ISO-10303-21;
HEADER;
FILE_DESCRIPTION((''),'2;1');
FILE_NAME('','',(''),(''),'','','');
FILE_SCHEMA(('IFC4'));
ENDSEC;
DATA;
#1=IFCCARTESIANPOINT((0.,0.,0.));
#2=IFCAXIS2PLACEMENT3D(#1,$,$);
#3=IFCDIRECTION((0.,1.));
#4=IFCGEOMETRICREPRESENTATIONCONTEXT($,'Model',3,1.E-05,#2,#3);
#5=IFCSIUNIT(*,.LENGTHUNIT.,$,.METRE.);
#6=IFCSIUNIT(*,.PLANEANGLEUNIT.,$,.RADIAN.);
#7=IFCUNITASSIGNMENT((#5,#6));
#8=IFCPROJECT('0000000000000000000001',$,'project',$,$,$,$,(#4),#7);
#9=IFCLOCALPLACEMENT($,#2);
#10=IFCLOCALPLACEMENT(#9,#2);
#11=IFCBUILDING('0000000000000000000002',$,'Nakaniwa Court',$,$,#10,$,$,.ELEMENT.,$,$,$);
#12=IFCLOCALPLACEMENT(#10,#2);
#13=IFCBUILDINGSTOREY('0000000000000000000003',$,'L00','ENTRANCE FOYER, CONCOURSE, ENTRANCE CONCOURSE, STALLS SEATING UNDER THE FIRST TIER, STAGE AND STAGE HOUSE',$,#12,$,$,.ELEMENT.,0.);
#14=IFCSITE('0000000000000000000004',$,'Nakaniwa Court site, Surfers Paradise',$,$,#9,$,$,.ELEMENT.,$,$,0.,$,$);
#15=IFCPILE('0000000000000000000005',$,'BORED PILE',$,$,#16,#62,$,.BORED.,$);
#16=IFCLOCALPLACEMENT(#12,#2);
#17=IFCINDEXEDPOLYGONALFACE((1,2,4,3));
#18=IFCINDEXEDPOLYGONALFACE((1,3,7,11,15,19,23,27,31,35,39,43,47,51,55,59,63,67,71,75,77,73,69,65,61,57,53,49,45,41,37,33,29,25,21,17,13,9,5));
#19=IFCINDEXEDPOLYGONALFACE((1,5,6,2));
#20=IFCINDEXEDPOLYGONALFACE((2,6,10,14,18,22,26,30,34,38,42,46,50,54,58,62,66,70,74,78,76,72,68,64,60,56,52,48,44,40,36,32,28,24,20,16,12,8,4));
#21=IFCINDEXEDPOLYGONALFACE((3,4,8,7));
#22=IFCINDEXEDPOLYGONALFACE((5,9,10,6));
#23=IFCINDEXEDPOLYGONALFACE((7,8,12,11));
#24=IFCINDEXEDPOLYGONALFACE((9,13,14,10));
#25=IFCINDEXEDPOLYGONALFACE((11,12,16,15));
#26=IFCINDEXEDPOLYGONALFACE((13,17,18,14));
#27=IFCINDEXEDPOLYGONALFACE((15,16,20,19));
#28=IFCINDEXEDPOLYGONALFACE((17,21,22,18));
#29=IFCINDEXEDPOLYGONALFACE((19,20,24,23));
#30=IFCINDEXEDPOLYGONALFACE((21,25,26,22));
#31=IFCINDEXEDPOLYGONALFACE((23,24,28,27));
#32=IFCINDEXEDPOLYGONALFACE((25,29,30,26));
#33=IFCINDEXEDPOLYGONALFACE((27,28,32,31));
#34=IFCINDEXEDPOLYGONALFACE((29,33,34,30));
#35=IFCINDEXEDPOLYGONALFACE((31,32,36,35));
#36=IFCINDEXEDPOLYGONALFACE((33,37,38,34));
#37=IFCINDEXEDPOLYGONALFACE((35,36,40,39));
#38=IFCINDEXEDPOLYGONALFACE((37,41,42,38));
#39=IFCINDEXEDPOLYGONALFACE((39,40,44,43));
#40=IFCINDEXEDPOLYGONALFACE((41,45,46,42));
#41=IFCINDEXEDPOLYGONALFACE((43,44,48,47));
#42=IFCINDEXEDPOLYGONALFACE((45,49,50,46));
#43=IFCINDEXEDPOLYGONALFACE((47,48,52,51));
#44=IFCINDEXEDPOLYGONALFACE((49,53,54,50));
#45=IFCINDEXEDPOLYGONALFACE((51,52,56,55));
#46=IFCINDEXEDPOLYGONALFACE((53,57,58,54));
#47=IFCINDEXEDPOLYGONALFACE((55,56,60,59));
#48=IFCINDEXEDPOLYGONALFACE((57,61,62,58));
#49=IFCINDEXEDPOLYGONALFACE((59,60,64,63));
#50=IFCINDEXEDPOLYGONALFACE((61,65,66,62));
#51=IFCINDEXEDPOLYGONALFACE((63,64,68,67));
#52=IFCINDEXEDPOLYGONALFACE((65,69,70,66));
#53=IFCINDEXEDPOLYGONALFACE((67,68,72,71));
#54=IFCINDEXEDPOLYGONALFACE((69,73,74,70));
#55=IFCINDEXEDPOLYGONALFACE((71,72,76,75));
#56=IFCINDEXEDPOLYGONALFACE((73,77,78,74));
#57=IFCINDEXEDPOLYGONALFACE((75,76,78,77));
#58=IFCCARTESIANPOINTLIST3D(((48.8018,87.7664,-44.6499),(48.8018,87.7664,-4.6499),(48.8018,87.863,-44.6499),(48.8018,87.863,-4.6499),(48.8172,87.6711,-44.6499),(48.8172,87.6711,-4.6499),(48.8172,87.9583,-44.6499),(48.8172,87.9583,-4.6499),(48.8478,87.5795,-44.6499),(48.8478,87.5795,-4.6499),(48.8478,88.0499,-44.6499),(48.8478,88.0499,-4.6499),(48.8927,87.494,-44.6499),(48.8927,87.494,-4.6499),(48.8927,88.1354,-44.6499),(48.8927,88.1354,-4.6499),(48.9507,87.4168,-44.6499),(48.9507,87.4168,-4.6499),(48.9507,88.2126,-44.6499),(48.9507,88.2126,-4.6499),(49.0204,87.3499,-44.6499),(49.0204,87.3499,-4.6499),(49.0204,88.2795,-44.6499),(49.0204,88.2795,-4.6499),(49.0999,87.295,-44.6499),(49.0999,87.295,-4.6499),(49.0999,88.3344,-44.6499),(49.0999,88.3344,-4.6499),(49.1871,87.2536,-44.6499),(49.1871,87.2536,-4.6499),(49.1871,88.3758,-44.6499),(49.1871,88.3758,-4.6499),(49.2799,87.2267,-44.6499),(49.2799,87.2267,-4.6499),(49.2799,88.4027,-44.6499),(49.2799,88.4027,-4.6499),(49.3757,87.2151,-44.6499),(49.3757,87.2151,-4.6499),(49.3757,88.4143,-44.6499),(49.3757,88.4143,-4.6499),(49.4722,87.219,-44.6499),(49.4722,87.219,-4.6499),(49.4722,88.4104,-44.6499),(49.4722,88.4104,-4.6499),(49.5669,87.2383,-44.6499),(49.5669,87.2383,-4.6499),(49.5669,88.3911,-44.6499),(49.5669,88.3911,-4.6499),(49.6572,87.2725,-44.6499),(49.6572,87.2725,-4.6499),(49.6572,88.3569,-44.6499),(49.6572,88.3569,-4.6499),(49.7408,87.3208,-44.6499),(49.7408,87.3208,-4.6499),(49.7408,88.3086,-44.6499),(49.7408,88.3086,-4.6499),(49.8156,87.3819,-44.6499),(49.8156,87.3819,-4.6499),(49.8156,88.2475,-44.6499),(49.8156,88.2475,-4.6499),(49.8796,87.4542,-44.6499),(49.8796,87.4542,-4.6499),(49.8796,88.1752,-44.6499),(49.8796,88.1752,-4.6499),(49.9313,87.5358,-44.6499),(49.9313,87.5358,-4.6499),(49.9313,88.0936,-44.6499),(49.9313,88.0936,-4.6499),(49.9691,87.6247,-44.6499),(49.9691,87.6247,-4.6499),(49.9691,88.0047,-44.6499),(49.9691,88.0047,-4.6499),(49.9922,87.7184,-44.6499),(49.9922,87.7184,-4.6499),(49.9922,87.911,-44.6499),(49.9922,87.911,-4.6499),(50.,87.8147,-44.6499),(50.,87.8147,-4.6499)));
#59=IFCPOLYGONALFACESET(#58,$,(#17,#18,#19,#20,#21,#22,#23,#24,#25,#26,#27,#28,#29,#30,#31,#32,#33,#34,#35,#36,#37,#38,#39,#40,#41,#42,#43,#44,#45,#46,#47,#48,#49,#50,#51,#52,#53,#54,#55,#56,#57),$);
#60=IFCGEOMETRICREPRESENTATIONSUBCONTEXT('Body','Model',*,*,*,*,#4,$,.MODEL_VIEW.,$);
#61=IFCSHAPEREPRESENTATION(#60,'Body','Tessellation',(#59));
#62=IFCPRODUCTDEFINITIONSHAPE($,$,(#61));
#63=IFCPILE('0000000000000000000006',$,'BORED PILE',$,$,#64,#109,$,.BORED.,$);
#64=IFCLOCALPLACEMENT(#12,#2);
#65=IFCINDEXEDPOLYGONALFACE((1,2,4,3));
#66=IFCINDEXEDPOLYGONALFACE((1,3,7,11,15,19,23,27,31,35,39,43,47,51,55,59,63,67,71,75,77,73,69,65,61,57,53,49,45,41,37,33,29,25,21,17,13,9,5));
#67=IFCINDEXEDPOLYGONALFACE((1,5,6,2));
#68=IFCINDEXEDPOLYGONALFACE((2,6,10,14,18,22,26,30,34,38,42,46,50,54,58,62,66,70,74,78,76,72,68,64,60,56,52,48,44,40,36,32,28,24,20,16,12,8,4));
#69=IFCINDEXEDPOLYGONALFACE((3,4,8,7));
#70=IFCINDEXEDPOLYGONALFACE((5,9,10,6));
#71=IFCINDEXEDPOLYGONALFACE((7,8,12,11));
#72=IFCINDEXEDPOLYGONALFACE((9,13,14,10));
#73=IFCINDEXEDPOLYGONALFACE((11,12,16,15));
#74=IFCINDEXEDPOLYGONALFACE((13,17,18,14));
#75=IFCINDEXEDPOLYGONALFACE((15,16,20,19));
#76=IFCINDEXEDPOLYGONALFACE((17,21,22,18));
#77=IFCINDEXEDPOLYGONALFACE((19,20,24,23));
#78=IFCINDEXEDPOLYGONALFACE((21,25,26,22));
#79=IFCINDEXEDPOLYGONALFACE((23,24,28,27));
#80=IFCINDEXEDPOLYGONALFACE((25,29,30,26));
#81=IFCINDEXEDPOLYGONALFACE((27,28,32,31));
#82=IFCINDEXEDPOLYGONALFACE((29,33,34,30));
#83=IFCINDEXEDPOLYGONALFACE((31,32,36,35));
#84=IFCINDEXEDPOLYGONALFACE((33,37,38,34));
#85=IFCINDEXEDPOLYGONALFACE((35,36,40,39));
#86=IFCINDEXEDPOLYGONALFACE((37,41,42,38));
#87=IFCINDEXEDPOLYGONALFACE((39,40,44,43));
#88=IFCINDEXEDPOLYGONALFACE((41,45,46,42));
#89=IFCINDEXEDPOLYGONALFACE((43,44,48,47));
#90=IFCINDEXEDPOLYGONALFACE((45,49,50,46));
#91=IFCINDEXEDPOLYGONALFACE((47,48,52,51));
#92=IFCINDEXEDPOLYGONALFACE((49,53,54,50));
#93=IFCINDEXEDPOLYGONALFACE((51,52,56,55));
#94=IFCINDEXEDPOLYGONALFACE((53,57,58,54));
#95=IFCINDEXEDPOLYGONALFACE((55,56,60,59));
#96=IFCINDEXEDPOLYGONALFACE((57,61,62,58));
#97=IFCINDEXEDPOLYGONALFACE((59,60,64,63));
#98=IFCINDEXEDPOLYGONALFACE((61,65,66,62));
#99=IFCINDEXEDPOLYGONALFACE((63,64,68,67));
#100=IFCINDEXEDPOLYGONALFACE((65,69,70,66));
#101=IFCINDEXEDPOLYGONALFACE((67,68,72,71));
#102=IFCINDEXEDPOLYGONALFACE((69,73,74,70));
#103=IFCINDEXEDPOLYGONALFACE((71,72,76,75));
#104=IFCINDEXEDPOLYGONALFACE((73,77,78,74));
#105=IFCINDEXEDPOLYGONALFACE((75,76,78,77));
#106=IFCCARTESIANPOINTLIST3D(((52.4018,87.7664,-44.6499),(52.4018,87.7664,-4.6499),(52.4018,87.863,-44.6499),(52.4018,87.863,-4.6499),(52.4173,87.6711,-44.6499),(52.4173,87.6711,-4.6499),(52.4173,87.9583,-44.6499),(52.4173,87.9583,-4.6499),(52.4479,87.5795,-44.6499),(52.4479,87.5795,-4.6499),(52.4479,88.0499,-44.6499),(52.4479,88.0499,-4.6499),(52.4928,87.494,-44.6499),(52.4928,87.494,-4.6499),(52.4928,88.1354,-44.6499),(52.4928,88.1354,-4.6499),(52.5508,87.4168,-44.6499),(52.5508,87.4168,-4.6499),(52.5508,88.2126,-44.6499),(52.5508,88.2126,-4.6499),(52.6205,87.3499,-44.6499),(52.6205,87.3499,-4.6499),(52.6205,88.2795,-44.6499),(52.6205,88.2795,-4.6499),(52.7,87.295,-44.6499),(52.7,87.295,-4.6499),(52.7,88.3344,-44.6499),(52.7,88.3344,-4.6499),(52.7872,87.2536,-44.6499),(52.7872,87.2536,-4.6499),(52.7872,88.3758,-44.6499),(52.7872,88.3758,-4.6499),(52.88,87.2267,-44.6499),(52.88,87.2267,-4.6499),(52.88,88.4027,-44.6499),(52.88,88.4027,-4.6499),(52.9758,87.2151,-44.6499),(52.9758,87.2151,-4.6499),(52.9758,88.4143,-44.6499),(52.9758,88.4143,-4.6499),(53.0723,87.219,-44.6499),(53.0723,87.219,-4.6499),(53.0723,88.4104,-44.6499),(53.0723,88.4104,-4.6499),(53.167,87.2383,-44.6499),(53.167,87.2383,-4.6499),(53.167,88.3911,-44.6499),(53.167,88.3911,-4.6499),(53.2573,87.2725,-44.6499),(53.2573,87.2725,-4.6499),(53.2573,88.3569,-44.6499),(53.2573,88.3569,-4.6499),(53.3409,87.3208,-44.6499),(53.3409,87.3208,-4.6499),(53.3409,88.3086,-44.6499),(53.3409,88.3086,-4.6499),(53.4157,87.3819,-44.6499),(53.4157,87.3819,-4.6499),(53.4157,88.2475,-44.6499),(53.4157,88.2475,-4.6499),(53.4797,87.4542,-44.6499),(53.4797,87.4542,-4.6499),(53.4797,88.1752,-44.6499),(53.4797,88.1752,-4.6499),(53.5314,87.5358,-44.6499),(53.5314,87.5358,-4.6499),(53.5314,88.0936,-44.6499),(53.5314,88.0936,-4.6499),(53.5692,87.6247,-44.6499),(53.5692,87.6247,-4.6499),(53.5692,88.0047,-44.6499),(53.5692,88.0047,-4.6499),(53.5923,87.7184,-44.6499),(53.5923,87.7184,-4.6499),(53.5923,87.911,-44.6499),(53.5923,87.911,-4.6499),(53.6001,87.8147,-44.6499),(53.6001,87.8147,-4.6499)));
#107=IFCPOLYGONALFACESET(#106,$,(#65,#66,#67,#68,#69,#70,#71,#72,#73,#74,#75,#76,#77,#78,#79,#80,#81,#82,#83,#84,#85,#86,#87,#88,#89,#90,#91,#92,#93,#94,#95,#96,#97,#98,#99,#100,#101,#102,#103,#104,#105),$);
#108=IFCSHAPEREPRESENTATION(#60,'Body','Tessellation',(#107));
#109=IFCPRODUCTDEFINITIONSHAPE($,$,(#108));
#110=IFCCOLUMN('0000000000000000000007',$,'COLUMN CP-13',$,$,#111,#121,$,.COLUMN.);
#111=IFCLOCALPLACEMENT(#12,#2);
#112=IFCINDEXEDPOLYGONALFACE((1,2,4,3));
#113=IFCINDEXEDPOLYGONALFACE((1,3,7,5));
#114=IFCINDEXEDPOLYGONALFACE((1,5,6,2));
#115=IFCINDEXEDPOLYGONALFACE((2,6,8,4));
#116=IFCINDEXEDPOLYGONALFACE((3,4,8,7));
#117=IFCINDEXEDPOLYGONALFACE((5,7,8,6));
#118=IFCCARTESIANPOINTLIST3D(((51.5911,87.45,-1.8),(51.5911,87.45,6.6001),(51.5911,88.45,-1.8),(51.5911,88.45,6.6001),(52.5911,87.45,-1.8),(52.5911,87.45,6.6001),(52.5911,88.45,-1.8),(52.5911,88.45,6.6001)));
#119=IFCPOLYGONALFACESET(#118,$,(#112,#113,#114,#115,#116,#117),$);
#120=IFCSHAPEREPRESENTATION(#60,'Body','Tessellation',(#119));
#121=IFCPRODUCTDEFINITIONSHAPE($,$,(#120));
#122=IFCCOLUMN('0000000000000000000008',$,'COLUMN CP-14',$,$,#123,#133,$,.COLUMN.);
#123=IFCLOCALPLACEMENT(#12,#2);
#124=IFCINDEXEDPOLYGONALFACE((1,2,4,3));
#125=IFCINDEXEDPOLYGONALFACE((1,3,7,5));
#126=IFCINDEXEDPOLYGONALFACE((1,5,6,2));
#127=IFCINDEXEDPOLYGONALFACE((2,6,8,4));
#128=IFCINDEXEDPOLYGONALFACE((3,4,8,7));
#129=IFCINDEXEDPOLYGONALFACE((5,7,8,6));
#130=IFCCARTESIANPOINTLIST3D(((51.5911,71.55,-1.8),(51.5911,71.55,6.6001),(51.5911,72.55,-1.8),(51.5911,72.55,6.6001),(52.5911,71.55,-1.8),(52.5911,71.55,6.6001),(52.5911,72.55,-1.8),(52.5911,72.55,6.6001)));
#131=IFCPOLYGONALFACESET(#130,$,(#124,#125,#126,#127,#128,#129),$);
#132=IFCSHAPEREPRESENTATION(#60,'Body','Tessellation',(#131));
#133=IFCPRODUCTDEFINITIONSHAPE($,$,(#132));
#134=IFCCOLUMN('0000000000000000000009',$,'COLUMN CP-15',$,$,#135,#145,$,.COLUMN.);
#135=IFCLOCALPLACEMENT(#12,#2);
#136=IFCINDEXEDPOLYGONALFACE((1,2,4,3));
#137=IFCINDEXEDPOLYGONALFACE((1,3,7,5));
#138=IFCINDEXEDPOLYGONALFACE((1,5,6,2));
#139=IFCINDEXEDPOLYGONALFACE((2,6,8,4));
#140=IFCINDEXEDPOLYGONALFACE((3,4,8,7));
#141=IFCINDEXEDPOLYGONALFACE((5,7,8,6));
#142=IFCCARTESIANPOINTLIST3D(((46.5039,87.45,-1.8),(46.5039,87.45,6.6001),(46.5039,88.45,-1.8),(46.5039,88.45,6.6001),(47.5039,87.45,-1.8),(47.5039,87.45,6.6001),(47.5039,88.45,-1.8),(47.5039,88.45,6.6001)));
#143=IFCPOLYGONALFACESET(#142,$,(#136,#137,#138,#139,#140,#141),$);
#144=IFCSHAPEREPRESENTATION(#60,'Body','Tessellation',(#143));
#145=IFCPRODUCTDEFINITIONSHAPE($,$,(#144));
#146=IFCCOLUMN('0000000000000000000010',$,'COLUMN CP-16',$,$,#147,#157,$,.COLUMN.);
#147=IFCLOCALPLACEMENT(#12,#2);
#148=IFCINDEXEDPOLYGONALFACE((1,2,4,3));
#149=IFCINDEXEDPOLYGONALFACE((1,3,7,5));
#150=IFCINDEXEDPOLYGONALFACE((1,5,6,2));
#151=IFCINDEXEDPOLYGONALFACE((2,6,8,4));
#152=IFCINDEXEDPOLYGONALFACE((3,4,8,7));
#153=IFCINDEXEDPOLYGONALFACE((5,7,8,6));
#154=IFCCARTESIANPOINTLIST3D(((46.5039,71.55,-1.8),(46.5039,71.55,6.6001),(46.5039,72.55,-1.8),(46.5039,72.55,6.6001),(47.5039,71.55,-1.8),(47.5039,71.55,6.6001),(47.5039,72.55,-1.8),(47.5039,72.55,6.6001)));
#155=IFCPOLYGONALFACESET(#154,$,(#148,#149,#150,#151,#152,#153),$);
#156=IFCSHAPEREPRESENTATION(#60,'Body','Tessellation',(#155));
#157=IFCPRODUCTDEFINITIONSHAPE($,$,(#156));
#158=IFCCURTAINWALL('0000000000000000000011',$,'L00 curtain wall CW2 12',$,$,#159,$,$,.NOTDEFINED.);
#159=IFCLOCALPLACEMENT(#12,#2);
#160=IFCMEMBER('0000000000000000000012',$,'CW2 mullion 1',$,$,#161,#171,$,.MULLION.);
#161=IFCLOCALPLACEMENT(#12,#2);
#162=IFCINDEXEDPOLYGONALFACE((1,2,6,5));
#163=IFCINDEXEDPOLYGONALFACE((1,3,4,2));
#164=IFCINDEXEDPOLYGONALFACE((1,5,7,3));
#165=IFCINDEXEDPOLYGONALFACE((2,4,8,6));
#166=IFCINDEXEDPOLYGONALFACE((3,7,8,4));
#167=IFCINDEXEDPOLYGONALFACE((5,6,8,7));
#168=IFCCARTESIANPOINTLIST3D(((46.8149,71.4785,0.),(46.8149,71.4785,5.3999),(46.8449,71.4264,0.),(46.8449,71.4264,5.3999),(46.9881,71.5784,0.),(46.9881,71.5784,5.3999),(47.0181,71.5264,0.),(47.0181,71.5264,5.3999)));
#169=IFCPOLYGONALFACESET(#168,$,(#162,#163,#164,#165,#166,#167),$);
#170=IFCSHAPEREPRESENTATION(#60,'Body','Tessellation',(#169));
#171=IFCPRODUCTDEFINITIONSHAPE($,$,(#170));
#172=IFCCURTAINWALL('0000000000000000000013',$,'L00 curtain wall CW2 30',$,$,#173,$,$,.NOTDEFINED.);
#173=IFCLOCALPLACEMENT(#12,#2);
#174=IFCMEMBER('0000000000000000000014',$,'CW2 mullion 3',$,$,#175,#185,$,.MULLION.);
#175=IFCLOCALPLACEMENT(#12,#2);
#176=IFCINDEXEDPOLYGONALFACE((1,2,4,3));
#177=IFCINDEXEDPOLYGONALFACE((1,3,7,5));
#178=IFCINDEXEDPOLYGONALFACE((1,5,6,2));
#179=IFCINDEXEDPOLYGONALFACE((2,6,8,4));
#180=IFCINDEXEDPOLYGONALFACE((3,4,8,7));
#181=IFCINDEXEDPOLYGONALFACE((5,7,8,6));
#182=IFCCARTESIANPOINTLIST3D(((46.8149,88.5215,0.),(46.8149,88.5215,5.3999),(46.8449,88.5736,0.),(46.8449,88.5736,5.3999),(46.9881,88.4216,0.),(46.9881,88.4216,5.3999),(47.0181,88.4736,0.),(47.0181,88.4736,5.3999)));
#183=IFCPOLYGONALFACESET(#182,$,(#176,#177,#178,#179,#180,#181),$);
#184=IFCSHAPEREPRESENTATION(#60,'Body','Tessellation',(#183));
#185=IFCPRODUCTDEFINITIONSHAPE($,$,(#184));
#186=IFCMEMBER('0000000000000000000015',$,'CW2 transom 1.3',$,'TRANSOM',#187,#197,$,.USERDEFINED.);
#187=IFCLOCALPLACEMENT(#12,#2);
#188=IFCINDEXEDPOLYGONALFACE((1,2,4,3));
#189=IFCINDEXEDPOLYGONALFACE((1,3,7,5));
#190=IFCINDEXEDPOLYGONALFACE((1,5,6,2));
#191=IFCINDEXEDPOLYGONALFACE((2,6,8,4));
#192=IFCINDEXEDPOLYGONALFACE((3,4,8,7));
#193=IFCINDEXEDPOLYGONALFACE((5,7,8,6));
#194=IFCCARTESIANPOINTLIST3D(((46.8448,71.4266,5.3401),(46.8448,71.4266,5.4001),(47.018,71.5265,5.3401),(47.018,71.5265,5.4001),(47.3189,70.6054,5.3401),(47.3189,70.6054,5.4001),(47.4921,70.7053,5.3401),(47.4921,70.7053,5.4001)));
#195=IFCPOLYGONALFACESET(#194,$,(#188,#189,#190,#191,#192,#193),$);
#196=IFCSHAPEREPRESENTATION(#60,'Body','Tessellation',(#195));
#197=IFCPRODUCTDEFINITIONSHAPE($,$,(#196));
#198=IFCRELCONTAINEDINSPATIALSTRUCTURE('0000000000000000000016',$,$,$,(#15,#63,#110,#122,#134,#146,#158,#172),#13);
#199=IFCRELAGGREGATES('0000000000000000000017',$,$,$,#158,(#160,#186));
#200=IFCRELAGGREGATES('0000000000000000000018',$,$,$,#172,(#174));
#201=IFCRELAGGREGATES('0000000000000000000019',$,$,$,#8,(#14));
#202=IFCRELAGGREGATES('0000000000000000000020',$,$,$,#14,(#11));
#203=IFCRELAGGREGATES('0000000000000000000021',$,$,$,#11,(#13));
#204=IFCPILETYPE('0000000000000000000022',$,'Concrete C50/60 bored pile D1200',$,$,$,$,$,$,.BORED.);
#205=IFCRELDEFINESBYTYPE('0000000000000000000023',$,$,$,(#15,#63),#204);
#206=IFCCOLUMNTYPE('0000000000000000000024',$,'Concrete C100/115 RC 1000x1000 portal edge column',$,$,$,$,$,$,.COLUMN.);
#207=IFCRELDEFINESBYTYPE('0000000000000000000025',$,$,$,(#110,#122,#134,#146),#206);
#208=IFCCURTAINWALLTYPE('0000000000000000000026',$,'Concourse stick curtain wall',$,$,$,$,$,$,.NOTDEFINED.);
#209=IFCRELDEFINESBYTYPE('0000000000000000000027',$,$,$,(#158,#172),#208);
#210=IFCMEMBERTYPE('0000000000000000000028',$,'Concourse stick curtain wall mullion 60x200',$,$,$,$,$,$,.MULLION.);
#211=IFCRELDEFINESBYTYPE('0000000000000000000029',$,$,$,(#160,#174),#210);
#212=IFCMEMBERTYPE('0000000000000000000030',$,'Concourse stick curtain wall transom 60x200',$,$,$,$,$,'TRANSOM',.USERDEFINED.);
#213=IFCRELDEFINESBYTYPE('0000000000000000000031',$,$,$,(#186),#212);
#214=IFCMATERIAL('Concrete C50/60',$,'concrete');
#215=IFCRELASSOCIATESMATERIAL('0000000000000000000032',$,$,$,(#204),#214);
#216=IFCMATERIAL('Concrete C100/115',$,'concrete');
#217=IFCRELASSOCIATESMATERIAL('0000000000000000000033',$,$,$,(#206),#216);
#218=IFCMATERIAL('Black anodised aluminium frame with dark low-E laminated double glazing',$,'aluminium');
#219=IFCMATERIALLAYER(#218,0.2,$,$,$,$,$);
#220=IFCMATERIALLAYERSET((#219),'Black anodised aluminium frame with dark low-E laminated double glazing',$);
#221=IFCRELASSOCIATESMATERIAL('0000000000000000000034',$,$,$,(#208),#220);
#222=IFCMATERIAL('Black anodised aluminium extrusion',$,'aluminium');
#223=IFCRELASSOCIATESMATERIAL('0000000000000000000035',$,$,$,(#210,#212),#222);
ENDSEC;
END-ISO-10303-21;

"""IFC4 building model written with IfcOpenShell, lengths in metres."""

from ifc_helpers import new_model, si_unit, direction, frame, origin, origin_2d, place, context, subcontext, project, spatial, rectangle, circle, extrude, material, layer, layer_set, material_profile, profile_set, type_object, element, aggregate, save


model = new_model("IFC4")

# Units and contexts
model_context = context("Model", 3, precision=1e-05, world=origin(), true_north=direction((0.0, 1.0)))
body_context = subcontext(model_context, "Body", "Model", "MODEL_VIEW")
ifc_project = project(units=[si_unit("LENGTHUNIT", "METRE"), si_unit("PLANEANGLEUNIT", "RADIAN")], contexts=[model_context])

# Site, building, storey
site_placement = place(None, origin())
site = spatial("IfcSite", under=ifc_project, at=site_placement, Name="Nakaniwa Court site, Surfers Paradise", CompositionType="ELEMENT", RefElevation=0.0)
building_placement = place(site_placement, origin())
building = spatial("IfcBuilding", under=site, at=building_placement, Name="Nakaniwa Court", CompositionType="ELEMENT")
storey_placement = place(building_placement, origin())
storey = spatial("IfcBuildingStorey", under=building, at=storey_placement, Name="L00", Description="ENTRANCE FOYER, CONCOURSE, ENTRANCE CONCOURSE, STALLS SEATING UNDER THE FIRST TIER, STAGE AND STAGE HOUSE", CompositionType="ELEMENT", Elevation=0.0)

# Piles
ifc_material_1 = material(Name="Concrete C50/60", Category="concrete")
ifc_material_profile_1 = material_profile(ifc_material_1, circle(Radius=0.6001, at=origin_2d()), Name="Concrete C50/60 bored pile D1200")
ifc_profile_set_1 = profile_set([ifc_material_profile_1], Name="Concrete C50/60")
pile_type = type_object("IfcPileType", Name="Concrete C50/60 bored pile D1200", PredefinedType="BORED", material=ifc_profile_set_1)
for number, where, z_axis, x_axis, name in (
    (1, (49.3999, 87.8147, -4.6499), (0.0, 0.0, -1.0), (1.0, 0.0, 0.0), "BORED PILE"),
    (2, (53.0, 87.8147, -4.6499), (0.0, 0.0, -1.0), (1.0, 0.0, 0.0), "BORED PILE"),
):
    element("IfcPile", number, at=place(storey_placement, frame(where, z_axis=z_axis, x_axis=x_axis)), inside=storey, type_object=pile_type, Name=name, PredefinedType="BORED", context=body_context, shape_type="SweptSolid", body=[
        extrude(circle(Radius=0.6001, at=origin_2d()), origin(), (0.0, 0.0, 1.0), 40.0),
    ])

# Columns
ifc_material_2 = material(Name="Concrete C100/115", Category="concrete")
ifc_material_profile_2 = material_profile(ifc_material_2, rectangle(XDim=1.0, YDim=1.0, at=origin_2d()), Name="Concrete C100/115 RC 1000x1000 portal edge column")
ifc_profile_set_2 = profile_set([ifc_material_profile_2], Name="Concrete C100/115")
column_type = type_object("IfcColumnType", Name="Concrete C100/115 RC 1000x1000 portal edge column", PredefinedType="COLUMN", material=ifc_profile_set_2)
for number, where, z_axis, x_axis, name in (
    (3, (52.0911, 87.95, -1.8), (0.0, 0.0, 1.0), (1.0, 0.0, 0.0), "COLUMN CP-13"),
    (4, (52.0911, 72.05, -1.8), (0.0, 0.0, 1.0), (1.0, 0.0, 0.0), "COLUMN CP-14"),
    (5, (47.0039, 87.95, -1.8), (0.0, 0.0, 1.0), (1.0, 0.0, 0.0), "COLUMN CP-15"),
    (6, (47.0039, 72.05, -1.8), (0.0, 0.0, 1.0), (1.0, 0.0, 0.0), "COLUMN CP-16"),
):
    element("IfcColumn", number, at=place(storey_placement, frame(where, z_axis=z_axis, x_axis=x_axis)), inside=storey, type_object=column_type, Name=name, PredefinedType="COLUMN", context=body_context, shape_type="SweptSolid", body=[
        extrude(rectangle(XDim=1.0, YDim=1.0, at=origin_2d()), origin(), (0.0, 0.0, 1.0), 8.4001),
    ])

# Curtain walls, members
ifc_material_3 = material(Name="Black anodised aluminium frame with dark low-E laminated double glazing", Category="aluminium")
ifc_layer_1 = layer(ifc_material_3, 0.2)
ifc_layer_set_1 = layer_set([ifc_layer_1], Name="Black anodised aluminium frame with dark low-E laminated double glazing")
curtain_wall_type_1 = type_object("IfcCurtainWallType", Name="Concourse stick curtain wall", PredefinedType="NOTDEFINED", material=ifc_layer_set_1)
curtain_wall_1_placement = place(storey_placement, origin())
curtain_wall_1 = element("IfcCurtainWall", 7, at=curtain_wall_1_placement, inside=storey, type_object=curtain_wall_type_1, Name="L00 curtain wall CW2 12", PredefinedType="NOTDEFINED")
ifc_material_4 = material(Name="Black anodised aluminium extrusion", Category="aluminium")
ifc_material_profile_3 = material_profile(ifc_material_4, rectangle(XDim=0.2, YDim=0.0601, at=origin_2d()), Name="Concourse stick curtain wall mullion 60x200")
ifc_profile_set_3 = profile_set([ifc_material_profile_3], Name="Black anodised aluminium extrusion")
member_type_1 = type_object("IfcMemberType", Name="Concourse stick curtain wall mullion 60x200", PredefinedType="MULLION", material=ifc_profile_set_3)
member_1_placement = place(storey_placement, frame((46.9165, 71.5024, 0.0), z_axis=(0.0, 0.0, 1.0), x_axis=(0.866036, 0.499982, 0.0)))
member_1 = element("IfcMember", 8, at=member_1_placement, type_object=member_type_1, Name="CW2 mullion 1", PredefinedType="MULLION", context=body_context, shape_type="SweptSolid", body=[
    extrude(rectangle(XDim=0.2, YDim=0.0601, at=origin_2d()), origin(), (0.0, 0.0, 1.0), 5.3999),
])
curtain_wall_2_placement = place(storey_placement, origin())
curtain_wall_2 = element("IfcCurtainWall", 9, at=curtain_wall_2_placement, inside=storey, type_object=curtain_wall_type_1, Name="L00 curtain wall CW2 30", PredefinedType="NOTDEFINED")
member_2_placement = place(storey_placement, frame((46.9165, 88.4976, 0.0), z_axis=(0.0, 0.0, 1.0), x_axis=(0.866036, -0.499982, 0.0)))
member_2 = element("IfcMember", 10, at=member_2_placement, type_object=member_type_1, Name="CW2 mullion 3", PredefinedType="MULLION", context=body_context, shape_type="SweptSolid", body=[
    extrude(rectangle(XDim=0.2, YDim=0.0601, at=origin_2d()), origin(), (0.0, 0.0, 1.0), 5.3999),
])

# Member
ifc_material_profile_4 = material_profile(ifc_material_4, rectangle(XDim=0.2, YDim=0.0601, at=origin_2d()), Name="Concourse stick curtain wall transom 60x200")
ifc_profile_set_4 = profile_set([ifc_material_profile_4], Name="Black anodised aluminium extrusion")
member_type_2 = type_object("IfcMemberType", Name="Concourse stick curtain wall transom 60x200", ElementType="TRANSOM", PredefinedType="USERDEFINED", material=ifc_profile_set_4)
member_3_placement = place(storey_placement, frame((46.9314, 71.4766, 5.3701), z_axis=(0.49996, -0.866048, 0.0), x_axis=(0.866048, 0.49996, 0.0)))
member_3 = element("IfcMember", 11, at=member_3_placement, type_object=member_type_2, Name="CW2 transom 1.3", ObjectType="TRANSOM", PredefinedType="USERDEFINED", context=body_context, shape_type="SweptSolid", body=[
    extrude(rectangle(XDim=0.2, YDim=0.0601, at=origin_2d()), origin(), (0.0, 0.0, 1.0), 0.9482),
])
aggregate(curtain_wall_1, [member_1, member_3])

aggregate(curtain_wall_2, [member_2])

save(model, "model.ifc")
